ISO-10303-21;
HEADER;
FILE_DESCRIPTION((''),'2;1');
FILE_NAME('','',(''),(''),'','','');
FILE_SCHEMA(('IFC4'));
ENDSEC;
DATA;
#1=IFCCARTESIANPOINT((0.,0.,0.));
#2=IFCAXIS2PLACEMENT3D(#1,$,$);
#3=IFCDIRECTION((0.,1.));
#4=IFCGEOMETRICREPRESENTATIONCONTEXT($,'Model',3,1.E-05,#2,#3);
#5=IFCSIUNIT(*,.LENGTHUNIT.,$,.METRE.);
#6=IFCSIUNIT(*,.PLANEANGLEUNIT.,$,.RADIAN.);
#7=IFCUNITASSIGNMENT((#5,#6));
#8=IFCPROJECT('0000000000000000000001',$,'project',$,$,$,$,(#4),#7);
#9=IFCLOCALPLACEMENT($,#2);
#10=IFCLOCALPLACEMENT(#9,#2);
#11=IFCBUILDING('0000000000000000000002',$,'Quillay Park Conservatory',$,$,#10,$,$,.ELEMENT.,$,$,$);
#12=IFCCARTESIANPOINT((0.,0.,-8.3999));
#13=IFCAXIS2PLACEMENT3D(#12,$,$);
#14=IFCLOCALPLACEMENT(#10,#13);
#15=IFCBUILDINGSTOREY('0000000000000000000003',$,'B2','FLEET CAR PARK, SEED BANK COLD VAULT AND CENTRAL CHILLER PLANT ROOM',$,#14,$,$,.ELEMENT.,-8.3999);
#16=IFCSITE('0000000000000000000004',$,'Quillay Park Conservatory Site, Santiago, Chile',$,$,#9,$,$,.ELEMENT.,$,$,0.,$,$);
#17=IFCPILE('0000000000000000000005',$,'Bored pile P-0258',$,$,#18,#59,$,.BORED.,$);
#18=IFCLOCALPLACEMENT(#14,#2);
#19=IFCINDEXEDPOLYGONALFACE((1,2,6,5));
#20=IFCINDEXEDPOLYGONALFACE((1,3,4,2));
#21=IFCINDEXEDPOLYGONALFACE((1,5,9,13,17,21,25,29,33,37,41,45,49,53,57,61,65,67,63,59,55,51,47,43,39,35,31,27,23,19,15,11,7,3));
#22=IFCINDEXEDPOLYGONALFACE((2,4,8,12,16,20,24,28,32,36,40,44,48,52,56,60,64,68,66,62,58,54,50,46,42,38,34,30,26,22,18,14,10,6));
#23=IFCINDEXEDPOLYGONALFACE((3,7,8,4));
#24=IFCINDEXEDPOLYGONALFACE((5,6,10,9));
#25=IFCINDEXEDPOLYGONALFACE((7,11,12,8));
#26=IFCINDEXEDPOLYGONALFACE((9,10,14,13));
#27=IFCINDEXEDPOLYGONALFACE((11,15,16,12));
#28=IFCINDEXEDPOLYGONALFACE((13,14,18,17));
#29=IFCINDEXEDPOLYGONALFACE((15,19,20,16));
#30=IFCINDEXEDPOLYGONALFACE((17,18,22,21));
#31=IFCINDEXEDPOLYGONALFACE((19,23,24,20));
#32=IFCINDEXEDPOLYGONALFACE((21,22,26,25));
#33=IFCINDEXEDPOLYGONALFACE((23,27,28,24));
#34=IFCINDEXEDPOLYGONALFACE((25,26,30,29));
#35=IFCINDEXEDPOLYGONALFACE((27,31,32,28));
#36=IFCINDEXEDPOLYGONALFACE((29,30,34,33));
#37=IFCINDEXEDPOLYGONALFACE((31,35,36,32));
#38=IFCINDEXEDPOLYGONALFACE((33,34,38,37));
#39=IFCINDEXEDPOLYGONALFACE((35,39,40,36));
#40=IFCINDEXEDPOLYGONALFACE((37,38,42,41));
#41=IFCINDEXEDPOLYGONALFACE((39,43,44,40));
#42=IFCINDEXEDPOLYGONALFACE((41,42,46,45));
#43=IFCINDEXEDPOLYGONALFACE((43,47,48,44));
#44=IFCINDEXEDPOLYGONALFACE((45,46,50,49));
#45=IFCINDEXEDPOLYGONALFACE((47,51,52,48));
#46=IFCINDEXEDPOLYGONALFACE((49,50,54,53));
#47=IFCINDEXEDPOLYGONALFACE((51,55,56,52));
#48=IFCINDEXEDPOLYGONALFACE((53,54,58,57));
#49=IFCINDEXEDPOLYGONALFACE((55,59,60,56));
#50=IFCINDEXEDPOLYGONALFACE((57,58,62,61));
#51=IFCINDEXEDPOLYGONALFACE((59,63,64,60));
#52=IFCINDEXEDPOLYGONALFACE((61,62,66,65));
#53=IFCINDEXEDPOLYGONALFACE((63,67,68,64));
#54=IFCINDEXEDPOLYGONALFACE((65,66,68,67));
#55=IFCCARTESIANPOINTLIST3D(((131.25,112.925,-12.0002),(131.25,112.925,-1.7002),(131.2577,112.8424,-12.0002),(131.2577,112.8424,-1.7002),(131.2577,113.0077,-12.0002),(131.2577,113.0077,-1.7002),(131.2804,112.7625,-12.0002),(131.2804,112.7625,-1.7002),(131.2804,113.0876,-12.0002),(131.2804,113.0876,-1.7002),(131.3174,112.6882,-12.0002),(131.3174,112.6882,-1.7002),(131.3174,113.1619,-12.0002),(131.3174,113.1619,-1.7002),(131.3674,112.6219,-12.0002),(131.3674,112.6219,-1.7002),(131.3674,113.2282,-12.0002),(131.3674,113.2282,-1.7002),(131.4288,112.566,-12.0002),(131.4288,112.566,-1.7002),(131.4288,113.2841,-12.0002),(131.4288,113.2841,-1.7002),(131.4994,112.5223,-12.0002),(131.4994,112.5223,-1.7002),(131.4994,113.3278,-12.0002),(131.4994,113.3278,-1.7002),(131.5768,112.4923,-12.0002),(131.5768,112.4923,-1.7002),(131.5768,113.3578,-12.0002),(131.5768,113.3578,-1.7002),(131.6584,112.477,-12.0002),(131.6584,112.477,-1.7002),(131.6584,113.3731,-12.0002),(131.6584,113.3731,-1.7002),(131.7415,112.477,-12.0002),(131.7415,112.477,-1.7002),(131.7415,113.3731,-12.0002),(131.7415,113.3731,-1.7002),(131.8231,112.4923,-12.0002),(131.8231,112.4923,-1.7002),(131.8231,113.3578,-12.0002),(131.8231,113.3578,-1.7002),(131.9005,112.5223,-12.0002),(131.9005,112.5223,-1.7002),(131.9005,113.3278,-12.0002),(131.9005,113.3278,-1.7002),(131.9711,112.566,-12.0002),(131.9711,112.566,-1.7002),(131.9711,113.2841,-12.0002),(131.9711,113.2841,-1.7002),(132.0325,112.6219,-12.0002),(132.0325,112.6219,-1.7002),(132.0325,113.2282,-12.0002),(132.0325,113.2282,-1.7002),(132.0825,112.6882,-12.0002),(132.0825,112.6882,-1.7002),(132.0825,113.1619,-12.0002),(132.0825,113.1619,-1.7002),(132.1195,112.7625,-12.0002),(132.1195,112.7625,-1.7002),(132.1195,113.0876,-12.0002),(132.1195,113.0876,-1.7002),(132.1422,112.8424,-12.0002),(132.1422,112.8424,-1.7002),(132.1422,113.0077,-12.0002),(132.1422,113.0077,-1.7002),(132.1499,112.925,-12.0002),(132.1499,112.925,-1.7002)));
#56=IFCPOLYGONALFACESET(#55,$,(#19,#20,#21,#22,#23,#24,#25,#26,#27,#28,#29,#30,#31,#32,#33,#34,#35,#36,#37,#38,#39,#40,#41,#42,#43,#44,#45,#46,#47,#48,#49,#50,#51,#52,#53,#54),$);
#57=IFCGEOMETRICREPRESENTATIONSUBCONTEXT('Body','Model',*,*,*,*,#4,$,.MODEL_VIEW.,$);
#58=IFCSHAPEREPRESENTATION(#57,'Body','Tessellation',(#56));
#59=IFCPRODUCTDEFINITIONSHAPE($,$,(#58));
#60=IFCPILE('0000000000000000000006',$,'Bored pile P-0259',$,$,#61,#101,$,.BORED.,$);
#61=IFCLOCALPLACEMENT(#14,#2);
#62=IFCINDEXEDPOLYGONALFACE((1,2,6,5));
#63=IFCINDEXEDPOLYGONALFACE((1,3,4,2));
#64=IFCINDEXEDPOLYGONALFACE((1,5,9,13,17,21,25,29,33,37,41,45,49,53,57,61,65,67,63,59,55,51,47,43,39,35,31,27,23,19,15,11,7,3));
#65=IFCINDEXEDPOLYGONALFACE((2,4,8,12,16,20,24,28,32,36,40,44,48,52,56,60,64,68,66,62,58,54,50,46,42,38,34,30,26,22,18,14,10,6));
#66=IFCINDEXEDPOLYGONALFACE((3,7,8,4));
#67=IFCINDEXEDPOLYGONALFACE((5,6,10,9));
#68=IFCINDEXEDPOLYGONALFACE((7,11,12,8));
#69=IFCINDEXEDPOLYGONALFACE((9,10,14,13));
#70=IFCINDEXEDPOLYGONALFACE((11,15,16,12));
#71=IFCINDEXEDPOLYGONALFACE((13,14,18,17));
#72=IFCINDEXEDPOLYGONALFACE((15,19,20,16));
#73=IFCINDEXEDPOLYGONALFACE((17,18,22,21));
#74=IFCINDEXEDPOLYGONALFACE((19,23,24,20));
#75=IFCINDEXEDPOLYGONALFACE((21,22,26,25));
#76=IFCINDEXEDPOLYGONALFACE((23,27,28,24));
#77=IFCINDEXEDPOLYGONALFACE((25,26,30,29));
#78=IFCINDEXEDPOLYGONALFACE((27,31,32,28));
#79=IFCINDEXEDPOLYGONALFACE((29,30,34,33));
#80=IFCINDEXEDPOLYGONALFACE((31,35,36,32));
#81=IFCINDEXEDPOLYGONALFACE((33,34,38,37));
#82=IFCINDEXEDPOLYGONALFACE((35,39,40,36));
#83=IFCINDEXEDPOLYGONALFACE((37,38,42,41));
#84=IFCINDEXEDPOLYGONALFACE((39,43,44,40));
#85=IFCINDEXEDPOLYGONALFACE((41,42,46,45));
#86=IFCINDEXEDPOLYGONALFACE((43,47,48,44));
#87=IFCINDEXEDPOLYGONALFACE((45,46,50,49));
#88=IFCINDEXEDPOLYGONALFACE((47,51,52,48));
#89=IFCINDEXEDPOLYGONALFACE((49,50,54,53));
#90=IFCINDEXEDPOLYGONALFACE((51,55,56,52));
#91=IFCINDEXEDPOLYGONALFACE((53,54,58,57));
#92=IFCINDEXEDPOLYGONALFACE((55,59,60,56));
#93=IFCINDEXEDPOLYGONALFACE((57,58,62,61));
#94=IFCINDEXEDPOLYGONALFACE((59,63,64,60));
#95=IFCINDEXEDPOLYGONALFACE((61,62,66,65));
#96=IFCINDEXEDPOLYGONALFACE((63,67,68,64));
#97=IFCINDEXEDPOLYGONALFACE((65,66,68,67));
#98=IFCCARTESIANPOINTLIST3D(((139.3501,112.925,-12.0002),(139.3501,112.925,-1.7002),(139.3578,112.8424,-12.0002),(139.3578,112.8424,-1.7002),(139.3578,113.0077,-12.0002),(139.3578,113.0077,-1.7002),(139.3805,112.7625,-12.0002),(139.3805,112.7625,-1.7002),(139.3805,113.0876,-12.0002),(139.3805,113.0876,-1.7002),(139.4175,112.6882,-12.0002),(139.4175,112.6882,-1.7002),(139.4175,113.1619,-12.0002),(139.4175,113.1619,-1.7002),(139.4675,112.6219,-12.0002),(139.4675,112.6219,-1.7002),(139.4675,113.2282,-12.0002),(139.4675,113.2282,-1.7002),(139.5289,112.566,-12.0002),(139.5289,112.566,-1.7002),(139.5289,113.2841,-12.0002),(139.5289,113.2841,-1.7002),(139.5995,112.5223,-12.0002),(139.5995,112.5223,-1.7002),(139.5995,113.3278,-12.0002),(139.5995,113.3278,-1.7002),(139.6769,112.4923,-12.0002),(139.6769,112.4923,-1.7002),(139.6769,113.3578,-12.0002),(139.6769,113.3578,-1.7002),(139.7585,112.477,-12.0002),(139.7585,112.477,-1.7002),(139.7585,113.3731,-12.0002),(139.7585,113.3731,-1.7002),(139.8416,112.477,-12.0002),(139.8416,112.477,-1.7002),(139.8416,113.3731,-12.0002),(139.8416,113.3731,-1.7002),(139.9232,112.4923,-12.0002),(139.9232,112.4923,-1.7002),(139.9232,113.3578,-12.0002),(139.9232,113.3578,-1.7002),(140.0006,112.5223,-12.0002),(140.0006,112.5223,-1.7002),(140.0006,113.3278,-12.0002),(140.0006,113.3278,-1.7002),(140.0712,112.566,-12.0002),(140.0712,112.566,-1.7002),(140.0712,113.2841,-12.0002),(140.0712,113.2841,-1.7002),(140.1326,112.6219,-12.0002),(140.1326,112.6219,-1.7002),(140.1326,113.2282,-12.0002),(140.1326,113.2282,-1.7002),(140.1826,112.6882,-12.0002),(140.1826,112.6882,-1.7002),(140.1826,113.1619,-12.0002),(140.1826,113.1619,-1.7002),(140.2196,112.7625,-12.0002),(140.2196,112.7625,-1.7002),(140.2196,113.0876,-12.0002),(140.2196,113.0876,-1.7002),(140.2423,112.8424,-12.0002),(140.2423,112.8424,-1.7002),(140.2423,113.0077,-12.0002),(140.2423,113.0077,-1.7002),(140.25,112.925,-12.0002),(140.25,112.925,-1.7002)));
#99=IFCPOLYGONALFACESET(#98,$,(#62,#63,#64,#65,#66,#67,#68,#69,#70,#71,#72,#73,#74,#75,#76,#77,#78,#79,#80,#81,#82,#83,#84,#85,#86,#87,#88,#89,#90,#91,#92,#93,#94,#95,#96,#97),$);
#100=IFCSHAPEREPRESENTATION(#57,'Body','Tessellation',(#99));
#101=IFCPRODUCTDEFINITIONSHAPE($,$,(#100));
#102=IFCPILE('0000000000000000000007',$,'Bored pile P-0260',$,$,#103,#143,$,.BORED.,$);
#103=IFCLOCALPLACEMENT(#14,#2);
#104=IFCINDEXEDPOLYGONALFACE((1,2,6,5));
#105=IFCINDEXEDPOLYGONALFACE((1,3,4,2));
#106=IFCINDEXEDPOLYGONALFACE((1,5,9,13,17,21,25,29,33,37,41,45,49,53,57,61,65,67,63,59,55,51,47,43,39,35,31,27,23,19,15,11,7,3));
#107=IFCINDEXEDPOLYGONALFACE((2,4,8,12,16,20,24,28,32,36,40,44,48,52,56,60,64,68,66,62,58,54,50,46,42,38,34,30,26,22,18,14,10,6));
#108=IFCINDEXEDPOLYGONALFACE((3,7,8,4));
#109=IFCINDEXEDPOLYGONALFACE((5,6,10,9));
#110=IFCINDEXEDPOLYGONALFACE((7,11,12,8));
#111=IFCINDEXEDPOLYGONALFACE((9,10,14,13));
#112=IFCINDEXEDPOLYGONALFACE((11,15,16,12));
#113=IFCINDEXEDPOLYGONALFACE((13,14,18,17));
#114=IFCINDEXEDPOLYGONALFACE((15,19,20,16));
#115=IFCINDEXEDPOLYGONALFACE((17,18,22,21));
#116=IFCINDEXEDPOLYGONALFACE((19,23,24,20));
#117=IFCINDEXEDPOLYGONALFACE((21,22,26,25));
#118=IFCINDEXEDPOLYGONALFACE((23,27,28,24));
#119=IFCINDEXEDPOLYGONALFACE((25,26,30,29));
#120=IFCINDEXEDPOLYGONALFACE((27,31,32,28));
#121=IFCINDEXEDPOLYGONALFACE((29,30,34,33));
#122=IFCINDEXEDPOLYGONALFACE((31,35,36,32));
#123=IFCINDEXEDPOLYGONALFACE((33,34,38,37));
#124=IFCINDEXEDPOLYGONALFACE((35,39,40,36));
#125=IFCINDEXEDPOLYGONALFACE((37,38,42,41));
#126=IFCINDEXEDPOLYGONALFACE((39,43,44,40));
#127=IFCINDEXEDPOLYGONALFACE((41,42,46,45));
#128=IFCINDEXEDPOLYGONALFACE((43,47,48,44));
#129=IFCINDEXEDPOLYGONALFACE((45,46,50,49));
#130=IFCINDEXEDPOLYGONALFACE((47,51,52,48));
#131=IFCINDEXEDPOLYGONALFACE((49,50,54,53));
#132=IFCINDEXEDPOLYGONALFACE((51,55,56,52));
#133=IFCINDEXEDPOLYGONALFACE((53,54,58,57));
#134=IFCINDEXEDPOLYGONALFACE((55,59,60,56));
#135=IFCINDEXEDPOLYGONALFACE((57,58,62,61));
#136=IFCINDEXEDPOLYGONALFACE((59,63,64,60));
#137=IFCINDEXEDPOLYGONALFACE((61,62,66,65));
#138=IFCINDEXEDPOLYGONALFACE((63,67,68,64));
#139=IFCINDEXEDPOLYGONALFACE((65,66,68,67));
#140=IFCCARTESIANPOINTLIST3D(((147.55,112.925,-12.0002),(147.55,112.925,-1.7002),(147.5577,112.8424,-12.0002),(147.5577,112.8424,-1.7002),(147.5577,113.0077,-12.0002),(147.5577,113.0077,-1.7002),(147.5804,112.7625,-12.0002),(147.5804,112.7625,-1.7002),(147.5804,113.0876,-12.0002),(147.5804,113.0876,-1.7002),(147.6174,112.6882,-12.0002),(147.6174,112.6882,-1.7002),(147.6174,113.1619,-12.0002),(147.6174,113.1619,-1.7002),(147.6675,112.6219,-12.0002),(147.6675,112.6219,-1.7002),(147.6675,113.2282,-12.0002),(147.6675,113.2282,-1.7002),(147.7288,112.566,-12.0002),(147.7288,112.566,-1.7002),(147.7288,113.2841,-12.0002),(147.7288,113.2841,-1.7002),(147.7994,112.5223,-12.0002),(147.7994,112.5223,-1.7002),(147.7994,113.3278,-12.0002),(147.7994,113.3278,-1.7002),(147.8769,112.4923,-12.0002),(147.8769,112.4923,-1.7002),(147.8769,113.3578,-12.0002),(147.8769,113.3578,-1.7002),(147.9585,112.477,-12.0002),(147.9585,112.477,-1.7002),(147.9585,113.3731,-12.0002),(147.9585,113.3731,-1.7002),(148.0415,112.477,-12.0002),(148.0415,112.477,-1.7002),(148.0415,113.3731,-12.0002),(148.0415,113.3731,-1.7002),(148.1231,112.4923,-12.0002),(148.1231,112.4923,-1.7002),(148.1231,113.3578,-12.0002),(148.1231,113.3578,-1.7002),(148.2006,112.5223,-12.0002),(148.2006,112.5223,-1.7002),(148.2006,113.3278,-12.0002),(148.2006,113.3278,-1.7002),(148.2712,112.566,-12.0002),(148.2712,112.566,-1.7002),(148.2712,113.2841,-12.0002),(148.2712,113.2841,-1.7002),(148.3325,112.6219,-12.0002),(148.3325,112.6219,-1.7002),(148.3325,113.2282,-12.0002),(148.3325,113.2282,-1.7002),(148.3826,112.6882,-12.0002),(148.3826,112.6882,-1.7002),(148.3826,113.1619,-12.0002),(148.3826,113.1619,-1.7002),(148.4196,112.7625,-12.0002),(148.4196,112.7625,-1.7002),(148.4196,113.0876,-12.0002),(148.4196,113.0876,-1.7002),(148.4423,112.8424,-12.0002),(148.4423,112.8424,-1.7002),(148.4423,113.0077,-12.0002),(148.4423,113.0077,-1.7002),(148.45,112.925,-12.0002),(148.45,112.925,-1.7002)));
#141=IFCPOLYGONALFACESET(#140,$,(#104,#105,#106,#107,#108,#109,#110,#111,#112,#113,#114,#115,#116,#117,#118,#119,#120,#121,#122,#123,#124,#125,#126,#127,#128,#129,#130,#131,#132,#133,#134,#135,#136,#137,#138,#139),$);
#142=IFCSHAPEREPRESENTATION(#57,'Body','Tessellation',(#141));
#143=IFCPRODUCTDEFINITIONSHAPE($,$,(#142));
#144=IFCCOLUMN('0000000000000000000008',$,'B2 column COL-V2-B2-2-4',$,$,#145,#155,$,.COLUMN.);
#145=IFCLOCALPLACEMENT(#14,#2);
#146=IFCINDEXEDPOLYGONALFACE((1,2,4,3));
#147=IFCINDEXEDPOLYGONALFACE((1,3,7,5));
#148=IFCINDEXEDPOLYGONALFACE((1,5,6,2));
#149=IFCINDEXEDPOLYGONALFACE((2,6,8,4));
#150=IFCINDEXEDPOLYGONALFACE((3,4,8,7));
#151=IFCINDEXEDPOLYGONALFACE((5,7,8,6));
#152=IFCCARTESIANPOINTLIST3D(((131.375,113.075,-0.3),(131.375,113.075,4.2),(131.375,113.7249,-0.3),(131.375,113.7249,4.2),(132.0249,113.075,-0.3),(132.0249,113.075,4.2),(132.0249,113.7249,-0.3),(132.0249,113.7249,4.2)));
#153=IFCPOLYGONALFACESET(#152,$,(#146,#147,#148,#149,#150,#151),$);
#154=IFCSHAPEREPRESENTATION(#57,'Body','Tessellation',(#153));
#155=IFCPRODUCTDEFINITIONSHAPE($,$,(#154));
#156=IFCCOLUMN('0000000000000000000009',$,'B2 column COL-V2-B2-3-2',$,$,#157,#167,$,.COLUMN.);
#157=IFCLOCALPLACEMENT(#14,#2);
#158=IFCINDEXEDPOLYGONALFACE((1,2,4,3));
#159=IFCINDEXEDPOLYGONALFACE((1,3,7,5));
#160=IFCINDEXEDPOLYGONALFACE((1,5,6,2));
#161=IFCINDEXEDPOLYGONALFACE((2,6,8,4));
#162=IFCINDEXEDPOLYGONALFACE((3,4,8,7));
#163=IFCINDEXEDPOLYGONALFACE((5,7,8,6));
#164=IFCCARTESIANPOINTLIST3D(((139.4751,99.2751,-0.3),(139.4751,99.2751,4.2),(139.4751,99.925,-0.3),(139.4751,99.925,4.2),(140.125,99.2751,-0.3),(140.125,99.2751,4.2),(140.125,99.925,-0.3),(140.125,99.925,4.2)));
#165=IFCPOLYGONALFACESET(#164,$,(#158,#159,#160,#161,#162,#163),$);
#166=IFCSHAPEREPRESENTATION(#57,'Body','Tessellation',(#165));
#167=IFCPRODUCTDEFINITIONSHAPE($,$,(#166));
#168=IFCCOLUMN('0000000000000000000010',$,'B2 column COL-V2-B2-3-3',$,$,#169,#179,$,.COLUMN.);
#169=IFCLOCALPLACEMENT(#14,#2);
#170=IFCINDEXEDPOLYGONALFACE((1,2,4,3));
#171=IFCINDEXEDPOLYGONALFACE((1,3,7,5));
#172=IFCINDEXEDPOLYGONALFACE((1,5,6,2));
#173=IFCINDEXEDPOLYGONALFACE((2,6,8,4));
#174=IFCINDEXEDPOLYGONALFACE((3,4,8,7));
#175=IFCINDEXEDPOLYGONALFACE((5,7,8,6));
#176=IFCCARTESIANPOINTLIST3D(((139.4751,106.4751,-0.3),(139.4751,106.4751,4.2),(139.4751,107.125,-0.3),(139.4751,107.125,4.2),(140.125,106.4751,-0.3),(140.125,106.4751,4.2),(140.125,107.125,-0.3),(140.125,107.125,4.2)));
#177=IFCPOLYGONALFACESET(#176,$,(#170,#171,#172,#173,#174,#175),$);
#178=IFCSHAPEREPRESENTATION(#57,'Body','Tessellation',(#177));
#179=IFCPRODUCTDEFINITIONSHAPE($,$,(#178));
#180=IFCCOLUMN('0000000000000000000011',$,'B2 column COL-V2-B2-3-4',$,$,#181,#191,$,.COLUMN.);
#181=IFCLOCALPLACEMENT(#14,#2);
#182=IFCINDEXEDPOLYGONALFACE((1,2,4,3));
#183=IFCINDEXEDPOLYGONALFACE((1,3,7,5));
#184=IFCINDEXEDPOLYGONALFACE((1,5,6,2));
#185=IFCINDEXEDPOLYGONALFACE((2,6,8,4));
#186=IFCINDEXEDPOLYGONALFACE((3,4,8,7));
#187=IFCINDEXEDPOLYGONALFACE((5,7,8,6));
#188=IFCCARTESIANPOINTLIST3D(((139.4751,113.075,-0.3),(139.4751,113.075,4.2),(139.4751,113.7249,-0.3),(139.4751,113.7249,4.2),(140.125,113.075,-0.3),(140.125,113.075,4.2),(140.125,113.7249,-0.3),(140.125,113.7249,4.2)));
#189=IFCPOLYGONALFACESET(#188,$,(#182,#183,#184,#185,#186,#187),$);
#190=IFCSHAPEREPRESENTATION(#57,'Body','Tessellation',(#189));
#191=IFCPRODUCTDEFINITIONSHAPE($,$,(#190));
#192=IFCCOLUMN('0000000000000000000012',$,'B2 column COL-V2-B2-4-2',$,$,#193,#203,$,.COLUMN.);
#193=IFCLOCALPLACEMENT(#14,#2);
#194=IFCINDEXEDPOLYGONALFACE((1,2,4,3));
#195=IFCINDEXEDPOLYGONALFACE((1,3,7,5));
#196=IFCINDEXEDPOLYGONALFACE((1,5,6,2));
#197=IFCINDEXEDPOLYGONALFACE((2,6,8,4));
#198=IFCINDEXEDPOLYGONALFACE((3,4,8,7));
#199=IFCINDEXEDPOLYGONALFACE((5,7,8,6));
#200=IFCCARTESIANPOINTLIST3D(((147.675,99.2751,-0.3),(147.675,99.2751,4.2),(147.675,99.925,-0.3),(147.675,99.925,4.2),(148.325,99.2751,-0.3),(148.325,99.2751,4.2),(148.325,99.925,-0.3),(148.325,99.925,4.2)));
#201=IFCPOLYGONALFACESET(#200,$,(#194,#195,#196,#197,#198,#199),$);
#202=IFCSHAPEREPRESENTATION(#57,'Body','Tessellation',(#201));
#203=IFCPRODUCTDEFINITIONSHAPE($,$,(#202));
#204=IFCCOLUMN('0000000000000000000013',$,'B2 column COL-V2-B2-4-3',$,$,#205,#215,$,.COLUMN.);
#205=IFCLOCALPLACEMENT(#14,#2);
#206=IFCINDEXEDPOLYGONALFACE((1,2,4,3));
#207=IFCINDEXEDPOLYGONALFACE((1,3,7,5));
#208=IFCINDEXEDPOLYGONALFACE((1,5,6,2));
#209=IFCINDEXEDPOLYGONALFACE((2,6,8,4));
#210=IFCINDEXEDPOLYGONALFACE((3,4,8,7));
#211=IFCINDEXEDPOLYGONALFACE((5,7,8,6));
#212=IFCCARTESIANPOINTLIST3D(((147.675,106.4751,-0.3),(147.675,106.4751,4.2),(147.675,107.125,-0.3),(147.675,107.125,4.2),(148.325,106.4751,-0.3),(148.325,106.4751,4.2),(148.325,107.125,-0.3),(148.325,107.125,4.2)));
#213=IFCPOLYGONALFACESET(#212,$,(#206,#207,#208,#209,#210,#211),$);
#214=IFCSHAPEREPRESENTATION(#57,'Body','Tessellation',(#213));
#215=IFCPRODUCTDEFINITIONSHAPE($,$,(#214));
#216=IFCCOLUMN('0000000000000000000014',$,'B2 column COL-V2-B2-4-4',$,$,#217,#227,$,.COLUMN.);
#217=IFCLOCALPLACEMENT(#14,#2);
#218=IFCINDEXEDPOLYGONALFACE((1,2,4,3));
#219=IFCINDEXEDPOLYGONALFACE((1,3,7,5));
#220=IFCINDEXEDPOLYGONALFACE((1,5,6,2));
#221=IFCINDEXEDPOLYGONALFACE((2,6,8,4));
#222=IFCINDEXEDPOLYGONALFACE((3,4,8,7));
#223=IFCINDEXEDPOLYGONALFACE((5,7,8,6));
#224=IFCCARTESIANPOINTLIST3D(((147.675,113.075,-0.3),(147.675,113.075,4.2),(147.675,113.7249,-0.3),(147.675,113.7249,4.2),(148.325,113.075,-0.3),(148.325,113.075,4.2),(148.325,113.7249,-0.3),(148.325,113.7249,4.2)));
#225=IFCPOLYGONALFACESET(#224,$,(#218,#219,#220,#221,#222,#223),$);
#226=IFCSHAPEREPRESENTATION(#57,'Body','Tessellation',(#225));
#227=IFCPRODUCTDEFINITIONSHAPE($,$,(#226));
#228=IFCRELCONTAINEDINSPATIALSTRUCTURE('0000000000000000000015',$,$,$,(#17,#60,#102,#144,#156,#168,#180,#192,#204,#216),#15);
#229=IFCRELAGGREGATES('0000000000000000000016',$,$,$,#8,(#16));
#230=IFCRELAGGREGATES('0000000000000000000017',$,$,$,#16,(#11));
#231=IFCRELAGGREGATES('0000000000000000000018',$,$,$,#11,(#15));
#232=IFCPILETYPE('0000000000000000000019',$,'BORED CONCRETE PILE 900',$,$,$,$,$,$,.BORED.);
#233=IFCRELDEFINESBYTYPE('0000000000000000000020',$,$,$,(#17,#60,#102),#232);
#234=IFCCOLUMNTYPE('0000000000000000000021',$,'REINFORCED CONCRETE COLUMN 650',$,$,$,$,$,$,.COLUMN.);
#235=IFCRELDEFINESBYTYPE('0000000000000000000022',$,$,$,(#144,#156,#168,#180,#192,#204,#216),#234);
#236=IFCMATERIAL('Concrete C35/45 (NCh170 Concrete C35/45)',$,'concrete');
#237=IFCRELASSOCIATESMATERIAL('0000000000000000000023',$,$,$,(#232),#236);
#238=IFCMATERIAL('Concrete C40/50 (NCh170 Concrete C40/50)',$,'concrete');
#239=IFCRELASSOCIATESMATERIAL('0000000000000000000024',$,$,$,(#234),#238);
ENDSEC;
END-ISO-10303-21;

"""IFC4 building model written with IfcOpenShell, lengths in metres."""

from ifc_helpers import new_model, si_unit, direction, frame, origin, origin_2d, place, context, subcontext, project, spatial, rectangle, circle, extrude, material, material_profile, profile_set, type_object, element, save


model = new_model("IFC4")

# Units and contexts
model_context = context("Model", 3, precision=1e-05, world=origin(), true_north=direction((0.0, 1.0)))
body_context = subcontext(model_context, "Body", "Model", "MODEL_VIEW")
ifc_project = project(units=[si_unit("LENGTHUNIT", "METRE"), si_unit("PLANEANGLEUNIT", "RADIAN")], contexts=[model_context])

# Site, building, storey
site_placement = place(None, origin())
site = spatial("IfcSite", under=ifc_project, at=site_placement, Name="Quillay Park Conservatory Site, Santiago, Chile", CompositionType="ELEMENT", RefElevation=0.0)
building_placement = place(site_placement, origin())
building = spatial("IfcBuilding", under=site, at=building_placement, Name="Quillay Park Conservatory", CompositionType="ELEMENT")
storey_placement = place(building_placement, frame((0.0, 0.0, -8.3999)))
storey = spatial("IfcBuildingStorey", under=building, at=storey_placement, Name="B2", Description="FLEET CAR PARK, SEED BANK COLD VAULT AND CENTRAL CHILLER PLANT ROOM", CompositionType="ELEMENT", Elevation=-8.3999)

# Piles
ifc_material_1 = material(Name="Concrete C35/45 (NCh170 Concrete C35/45)", Category="concrete")
ifc_material_profile_1 = material_profile(ifc_material_1, circle(Radius=0.45, at=origin_2d()), Name="PILE900")
ifc_profile_set_1 = profile_set([ifc_material_profile_1], Name="Concrete C35/45 (NCh170 Concrete C35/45)")
pile_type = type_object("IfcPileType", Name="BORED CONCRETE PILE 900", PredefinedType="BORED", material=ifc_profile_set_1)
for number, where, z_axis, x_axis, name in (
    (1, (131.7, 112.925, -1.7002), (0.0, 0.0, -1.0), (1.0, 0.0, 0.0), "Bored pile P-0258"),
    (2, (139.8, 112.925, -1.7002), (0.0, 0.0, -1.0), (1.0, 0.0, 0.0), "Bored pile P-0259"),
    (3, (148.0, 112.925, -1.7002), (0.0, 0.0, -1.0), (1.0, 0.0, 0.0), "Bored pile P-0260"),
):
    element("IfcPile", number, at=place(storey_placement, frame(where, z_axis=z_axis, x_axis=x_axis)), inside=storey, type_object=pile_type, Name=name, PredefinedType="BORED", context=body_context, shape_type="SweptSolid", body=[
        extrude(circle(Radius=0.45, at=origin_2d()), origin(), (0.0, 0.0, 1.0), 10.3),
    ])

# Columns
ifc_material_2 = material(Name="Concrete C40/50 (NCh170 Concrete C40/50)", Category="concrete")
ifc_material_profile_2 = material_profile(ifc_material_2, rectangle(XDim=0.6499, YDim=0.6499, at=origin_2d()), Name="RC650x650")
ifc_profile_set_2 = profile_set([ifc_material_profile_2], Name="Concrete C40/50 (NCh170 Concrete C40/50)")
column_type = type_object("IfcColumnType", Name="REINFORCED CONCRETE COLUMN 650", PredefinedType="COLUMN", material=ifc_profile_set_2)
for number, where, z_axis, x_axis, name in (
    (4, (131.7, 113.3999, -0.3), (0.0, 0.0, 1.0), (1.0, 0.0, 0.0), "B2 column COL-V2-B2-2-4"),
    (5, (139.8, 99.6001, -0.3), (0.0, 0.0, 1.0), (1.0, 0.0, 0.0), "B2 column COL-V2-B2-3-2"),
    (6, (139.8, 106.8, -0.3), (0.0, 0.0, 1.0), (1.0, 0.0, 0.0), "B2 column COL-V2-B2-3-3"),
    (7, (139.8, 113.3999, -0.3), (0.0, 0.0, 1.0), (1.0, 0.0, 0.0), "B2 column COL-V2-B2-3-4"),
    (8, (148.0, 99.6001, -0.3), (0.0, 0.0, 1.0), (1.0, 0.0, 0.0), "B2 column COL-V2-B2-4-2"),
    (9, (148.0, 106.8, -0.3), (0.0, 0.0, 1.0), (1.0, 0.0, 0.0), "B2 column COL-V2-B2-4-3"),
    (10, (148.0, 113.3999, -0.3), (0.0, 0.0, 1.0), (1.0, 0.0, 0.0), "B2 column COL-V2-B2-4-4"),
):
    element("IfcColumn", number, at=place(storey_placement, frame(where, z_axis=z_axis, x_axis=x_axis)), inside=storey, type_object=column_type, Name=name, PredefinedType="COLUMN", context=body_context, shape_type="SweptSolid", body=[
        extrude(rectangle(XDim=0.6499, YDim=0.6499, at=origin_2d()), origin(), (0.0, 0.0, 1.0), 4.5),
    ])

save(model, "model.ifc")
